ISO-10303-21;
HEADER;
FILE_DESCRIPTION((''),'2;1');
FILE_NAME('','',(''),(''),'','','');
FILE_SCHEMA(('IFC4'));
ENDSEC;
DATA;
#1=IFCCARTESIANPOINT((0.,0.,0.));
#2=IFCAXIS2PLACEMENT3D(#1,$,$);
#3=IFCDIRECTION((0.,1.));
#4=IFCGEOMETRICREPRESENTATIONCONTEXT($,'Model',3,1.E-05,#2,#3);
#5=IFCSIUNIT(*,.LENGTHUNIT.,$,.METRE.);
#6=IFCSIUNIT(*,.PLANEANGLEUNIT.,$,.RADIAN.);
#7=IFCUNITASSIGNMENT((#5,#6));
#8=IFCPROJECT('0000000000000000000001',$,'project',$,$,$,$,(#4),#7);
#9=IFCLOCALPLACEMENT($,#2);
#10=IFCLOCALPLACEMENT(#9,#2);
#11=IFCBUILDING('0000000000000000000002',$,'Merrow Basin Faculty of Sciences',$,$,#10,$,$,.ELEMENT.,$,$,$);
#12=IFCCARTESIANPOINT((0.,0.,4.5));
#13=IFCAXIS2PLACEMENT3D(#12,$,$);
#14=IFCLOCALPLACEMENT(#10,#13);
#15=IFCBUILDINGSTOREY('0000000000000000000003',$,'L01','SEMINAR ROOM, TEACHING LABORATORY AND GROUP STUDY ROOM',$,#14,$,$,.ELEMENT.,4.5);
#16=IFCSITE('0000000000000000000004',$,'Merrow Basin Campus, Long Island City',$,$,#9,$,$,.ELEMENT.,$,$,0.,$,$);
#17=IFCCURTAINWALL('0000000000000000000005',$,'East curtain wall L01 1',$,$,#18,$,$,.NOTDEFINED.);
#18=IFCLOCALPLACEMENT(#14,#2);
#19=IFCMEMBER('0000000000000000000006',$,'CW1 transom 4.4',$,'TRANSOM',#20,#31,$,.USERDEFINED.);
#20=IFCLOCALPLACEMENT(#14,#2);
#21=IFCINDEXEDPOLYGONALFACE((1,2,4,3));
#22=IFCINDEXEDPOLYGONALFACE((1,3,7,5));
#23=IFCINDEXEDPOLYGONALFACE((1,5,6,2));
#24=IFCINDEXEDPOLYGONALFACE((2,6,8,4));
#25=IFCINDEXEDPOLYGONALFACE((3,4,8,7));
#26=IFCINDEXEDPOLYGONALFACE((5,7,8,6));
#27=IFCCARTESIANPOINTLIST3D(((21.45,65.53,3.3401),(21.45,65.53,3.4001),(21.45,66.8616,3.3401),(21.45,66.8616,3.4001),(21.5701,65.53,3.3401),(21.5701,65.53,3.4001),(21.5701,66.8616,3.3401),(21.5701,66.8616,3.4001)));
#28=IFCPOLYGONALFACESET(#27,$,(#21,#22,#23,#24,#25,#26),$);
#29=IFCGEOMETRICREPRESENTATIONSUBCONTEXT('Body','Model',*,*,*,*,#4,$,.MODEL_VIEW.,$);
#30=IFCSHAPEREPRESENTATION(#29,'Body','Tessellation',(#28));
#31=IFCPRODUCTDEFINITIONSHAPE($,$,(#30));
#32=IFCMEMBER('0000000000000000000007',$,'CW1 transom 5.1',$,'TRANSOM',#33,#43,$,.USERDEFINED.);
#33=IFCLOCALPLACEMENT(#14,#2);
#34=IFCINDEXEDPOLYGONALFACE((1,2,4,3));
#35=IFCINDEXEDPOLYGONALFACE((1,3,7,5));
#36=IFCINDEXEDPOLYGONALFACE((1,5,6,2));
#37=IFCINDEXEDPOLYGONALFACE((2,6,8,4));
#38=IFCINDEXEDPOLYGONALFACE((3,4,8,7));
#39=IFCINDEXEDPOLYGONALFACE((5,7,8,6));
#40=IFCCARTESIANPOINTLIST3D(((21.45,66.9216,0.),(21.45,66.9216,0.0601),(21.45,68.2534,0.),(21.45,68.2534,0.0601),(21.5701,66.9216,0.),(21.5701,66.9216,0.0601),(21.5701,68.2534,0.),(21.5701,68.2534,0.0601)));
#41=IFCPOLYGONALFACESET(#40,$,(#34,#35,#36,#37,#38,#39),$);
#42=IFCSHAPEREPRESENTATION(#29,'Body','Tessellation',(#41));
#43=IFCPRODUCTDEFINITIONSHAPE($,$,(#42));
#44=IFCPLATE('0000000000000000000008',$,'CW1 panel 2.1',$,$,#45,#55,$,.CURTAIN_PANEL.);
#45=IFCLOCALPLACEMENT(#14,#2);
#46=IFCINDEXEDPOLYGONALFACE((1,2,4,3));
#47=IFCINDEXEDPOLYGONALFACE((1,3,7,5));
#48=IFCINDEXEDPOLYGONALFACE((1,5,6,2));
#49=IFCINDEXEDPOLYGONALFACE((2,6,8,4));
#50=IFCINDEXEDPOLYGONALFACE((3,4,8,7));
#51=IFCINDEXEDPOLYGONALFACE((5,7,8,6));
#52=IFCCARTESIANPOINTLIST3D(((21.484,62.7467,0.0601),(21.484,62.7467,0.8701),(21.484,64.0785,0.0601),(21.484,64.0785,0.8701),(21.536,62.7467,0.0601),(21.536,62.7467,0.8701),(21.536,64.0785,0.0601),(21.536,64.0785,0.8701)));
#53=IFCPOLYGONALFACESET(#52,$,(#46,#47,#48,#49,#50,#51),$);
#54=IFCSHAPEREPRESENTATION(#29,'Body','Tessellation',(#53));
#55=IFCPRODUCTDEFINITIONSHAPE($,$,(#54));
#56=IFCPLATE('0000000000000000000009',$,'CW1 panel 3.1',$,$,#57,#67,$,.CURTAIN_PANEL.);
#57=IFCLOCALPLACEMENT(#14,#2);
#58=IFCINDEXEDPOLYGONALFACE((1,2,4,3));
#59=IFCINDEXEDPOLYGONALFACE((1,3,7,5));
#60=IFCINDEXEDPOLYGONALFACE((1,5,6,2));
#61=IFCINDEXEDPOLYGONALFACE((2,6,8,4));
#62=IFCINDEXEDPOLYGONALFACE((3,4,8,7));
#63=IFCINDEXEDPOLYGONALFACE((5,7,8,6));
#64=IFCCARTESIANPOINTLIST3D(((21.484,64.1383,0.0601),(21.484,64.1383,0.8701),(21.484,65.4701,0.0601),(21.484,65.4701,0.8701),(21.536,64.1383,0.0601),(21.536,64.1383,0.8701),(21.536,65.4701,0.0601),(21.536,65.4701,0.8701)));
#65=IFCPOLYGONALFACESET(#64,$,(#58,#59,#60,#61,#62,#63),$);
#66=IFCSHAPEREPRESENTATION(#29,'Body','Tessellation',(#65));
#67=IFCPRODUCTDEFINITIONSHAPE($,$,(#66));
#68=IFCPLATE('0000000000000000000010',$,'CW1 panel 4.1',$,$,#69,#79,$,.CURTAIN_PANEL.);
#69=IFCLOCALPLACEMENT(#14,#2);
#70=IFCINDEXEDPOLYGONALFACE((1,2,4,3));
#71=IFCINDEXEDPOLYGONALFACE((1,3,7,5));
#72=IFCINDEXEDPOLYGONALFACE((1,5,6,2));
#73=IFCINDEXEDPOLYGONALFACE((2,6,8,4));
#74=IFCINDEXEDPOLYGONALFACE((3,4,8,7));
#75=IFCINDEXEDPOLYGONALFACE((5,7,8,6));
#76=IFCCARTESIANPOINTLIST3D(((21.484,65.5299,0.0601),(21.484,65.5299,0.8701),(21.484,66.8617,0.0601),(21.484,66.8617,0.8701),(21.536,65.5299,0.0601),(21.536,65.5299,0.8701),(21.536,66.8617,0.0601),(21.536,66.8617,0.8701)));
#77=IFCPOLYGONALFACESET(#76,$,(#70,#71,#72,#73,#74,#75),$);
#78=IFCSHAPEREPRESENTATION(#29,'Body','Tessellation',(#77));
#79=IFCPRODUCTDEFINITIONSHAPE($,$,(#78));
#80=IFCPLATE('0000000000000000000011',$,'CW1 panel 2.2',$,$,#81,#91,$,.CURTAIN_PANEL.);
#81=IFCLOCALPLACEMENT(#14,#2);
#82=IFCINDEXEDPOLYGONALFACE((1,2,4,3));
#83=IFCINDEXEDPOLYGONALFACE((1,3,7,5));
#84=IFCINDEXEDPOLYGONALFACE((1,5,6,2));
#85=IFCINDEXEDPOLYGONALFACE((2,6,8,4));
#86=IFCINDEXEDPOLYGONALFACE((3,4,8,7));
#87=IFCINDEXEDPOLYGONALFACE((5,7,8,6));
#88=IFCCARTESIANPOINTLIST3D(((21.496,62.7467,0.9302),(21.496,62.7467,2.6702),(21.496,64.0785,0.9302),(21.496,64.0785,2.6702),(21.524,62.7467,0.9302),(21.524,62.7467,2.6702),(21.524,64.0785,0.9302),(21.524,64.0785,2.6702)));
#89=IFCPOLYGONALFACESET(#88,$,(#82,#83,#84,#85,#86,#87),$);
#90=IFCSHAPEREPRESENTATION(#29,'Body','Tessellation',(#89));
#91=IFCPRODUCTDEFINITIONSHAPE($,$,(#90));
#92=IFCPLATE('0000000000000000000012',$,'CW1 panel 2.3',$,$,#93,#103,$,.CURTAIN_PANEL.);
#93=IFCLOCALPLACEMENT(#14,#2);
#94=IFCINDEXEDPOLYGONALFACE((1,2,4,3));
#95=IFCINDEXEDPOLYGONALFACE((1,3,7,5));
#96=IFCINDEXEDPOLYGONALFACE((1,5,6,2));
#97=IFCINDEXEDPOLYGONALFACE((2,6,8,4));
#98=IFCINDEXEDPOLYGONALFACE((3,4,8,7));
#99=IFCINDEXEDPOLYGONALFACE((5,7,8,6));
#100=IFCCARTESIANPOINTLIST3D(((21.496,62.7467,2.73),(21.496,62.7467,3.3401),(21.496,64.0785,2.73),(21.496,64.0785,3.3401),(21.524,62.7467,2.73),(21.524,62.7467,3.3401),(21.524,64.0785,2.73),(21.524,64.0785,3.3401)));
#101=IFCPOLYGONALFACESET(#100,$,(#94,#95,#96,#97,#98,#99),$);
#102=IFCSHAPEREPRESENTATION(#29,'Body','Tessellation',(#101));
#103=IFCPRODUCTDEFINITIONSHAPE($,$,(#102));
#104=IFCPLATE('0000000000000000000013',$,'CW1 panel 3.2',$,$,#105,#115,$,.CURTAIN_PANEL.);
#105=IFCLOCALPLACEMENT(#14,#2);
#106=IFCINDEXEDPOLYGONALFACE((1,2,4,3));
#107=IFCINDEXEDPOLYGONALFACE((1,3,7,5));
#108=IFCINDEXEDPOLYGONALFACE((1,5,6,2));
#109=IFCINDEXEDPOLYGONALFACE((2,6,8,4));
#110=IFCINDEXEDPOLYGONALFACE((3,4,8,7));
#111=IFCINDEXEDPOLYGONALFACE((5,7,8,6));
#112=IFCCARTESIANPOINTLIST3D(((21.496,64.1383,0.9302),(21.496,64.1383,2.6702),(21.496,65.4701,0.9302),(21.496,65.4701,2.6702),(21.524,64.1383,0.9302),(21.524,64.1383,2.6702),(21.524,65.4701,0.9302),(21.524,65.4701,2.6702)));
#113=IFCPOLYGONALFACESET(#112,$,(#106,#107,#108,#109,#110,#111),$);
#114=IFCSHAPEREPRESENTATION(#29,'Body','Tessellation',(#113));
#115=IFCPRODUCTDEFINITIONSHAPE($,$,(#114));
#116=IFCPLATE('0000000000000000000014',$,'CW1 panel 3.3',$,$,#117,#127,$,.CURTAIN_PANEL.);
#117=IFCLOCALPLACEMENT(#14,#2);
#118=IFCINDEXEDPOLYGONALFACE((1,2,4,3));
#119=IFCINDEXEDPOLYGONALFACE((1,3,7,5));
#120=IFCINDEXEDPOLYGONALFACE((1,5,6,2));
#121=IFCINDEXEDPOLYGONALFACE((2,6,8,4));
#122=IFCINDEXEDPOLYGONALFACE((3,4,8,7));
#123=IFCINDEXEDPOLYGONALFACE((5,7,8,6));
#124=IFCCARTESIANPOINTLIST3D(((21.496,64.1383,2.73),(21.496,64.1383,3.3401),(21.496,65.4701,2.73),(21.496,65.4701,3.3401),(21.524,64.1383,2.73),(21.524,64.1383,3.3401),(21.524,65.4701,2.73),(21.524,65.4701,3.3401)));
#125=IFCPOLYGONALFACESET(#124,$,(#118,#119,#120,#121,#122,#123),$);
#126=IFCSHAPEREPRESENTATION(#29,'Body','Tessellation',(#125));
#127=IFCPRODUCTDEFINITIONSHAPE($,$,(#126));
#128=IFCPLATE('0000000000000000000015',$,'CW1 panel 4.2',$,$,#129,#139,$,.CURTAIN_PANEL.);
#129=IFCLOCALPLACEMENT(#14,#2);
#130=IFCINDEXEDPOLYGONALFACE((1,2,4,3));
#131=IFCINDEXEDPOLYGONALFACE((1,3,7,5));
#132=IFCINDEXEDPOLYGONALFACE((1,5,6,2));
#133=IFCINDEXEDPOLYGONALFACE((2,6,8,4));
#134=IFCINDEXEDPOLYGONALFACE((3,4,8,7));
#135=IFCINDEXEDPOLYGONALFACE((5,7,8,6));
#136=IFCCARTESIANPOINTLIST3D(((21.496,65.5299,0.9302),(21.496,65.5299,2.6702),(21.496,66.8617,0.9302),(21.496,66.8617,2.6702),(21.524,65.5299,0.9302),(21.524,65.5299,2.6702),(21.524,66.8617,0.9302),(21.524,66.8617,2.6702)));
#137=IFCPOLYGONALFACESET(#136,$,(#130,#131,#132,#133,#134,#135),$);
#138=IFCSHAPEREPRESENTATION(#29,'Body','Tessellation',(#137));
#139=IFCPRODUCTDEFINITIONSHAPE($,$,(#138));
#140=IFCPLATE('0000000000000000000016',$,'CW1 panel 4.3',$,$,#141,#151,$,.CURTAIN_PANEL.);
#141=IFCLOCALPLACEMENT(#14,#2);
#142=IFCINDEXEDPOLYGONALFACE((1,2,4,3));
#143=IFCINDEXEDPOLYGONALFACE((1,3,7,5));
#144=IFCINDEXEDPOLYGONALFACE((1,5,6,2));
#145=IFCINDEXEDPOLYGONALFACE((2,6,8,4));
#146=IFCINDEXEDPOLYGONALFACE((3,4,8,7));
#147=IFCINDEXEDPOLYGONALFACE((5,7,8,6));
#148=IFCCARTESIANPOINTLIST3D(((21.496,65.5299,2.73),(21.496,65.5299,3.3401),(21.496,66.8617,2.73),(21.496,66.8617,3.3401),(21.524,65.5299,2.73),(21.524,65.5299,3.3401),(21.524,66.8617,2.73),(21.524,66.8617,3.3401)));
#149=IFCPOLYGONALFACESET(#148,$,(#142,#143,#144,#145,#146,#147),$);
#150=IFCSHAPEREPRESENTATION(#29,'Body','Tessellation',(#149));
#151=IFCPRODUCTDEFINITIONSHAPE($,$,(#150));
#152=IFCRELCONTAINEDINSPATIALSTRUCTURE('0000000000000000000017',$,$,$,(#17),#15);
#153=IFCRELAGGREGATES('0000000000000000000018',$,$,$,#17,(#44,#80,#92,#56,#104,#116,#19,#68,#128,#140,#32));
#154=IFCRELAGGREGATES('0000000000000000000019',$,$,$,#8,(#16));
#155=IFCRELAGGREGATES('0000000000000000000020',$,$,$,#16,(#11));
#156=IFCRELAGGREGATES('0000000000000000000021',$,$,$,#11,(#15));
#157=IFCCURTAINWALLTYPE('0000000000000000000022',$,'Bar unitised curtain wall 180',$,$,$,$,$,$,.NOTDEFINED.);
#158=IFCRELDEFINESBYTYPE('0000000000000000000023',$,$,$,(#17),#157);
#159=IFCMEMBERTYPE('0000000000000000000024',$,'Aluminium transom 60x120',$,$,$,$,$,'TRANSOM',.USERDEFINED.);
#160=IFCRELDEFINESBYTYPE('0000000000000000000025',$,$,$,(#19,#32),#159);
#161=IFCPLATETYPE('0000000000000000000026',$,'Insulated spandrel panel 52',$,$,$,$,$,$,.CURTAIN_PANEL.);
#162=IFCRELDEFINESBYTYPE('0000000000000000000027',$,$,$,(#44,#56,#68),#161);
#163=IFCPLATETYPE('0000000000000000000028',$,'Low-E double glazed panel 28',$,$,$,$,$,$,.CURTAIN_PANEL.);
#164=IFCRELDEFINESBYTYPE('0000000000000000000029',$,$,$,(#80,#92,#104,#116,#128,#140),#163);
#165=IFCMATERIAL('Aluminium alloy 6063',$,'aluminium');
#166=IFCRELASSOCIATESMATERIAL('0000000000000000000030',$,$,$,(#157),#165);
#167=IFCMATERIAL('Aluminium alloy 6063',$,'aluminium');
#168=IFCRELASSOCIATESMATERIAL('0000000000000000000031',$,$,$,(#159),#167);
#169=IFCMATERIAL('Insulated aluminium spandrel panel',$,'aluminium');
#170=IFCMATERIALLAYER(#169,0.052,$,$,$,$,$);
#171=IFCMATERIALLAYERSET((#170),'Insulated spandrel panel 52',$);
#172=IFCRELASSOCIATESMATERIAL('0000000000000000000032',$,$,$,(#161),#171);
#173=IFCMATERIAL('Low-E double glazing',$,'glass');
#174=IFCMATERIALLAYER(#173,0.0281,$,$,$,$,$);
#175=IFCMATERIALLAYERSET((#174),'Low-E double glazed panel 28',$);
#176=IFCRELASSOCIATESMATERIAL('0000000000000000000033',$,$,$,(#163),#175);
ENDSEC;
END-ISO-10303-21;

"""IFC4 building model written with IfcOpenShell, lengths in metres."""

from ifc_helpers import new_model, si_unit, direction, frame, origin, origin_2d, place, context, subcontext, project, spatial, rectangle, extrude, material, layer, layer_set, material_profile, profile_set, type_object, element, aggregate, save


model = new_model("IFC4")

# Units and contexts
model_context = context("Model", 3, precision=1e-05, world=origin(), true_north=direction((0.0, 1.0)))
body_context = subcontext(model_context, "Body", "Model", "MODEL_VIEW")
ifc_project = project(units=[si_unit("LENGTHUNIT", "METRE"), si_unit("PLANEANGLEUNIT", "RADIAN")], contexts=[model_context])

# Site, building, storey
site_placement = place(None, origin())
site = spatial("IfcSite", under=ifc_project, at=site_placement, Name="Merrow Basin Campus, Long Island City", CompositionType="ELEMENT", RefElevation=0.0)
building_placement = place(site_placement, origin())
building = spatial("IfcBuilding", under=site, at=building_placement, Name="Merrow Basin Faculty of Sciences", CompositionType="ELEMENT")
storey_placement = place(building_placement, frame((0.0, 0.0, 4.5)))
storey = spatial("IfcBuildingStorey", under=building, at=storey_placement, Name="L01", Description="SEMINAR ROOM, TEACHING LABORATORY AND GROUP STUDY ROOM", CompositionType="ELEMENT", Elevation=4.5)

# Curtain wall, members, plates
ifc_material_1 = material(Name="Aluminium alloy 6063", Category="aluminium")
curtain_wall_type = type_object("IfcCurtainWallType", Name="Bar unitised curtain wall 180", PredefinedType="NOTDEFINED", material=ifc_material_1)
curtain_wall_placement = place(storey_placement, origin())
curtain_wall = element("IfcCurtainWall", 1, at=curtain_wall_placement, inside=storey, type_object=curtain_wall_type, Name="East curtain wall L01 1", PredefinedType="NOTDEFINED")
ifc_material_2 = material(Name="Aluminium alloy 6063", Category="aluminium")
ifc_material_profile_1 = material_profile(ifc_material_2, rectangle(XDim=0.1201, YDim=0.0601, at=origin_2d()))
ifc_profile_set_1 = profile_set([ifc_material_profile_1], Name="Aluminium alloy 6063")
member_type_1 = type_object("IfcMemberType", Name="Aluminium transom 60x120", ElementType="TRANSOM", PredefinedType="USERDEFINED", material=ifc_profile_set_1)
member_1_placement = place(storey_placement, frame((21.51, 65.53, 3.3701), z_axis=(0.0, 1.0, 0.0), x_axis=(-1.0, 0.0, 0.0)))
member_1 = element("IfcMember", 2, at=member_1_placement, type_object=member_type_1, Name="CW1 transom 4.4", ObjectType="TRANSOM", PredefinedType="USERDEFINED", context=body_context, shape_type="SweptSolid", body=[
    extrude(rectangle(XDim=0.1201, YDim=0.0601, at=origin_2d()), origin(), (0.0, 0.0, 1.0), 1.3315),
])
member_2_placement = place(storey_placement, frame((21.51, 66.9216, 0.03), z_axis=(0.0, 1.0, 0.0), x_axis=(-1.0, 0.0, 0.0)))
member_2 = element("IfcMember", 3, at=member_2_placement, type_object=member_type_1, Name="CW1 transom 5.1", ObjectType="TRANSOM", PredefinedType="USERDEFINED", context=body_context, shape_type="SweptSolid", body=[
    extrude(rectangle(XDim=0.1201, YDim=0.0601, at=origin_2d()), origin(), (0.0, 0.0, 1.0), 1.3318),
])
ifc_material_3 = material(Name="Insulated aluminium spandrel panel", Category="aluminium")
ifc_layer_1 = layer(ifc_material_3, 0.052)
ifc_layer_set_1 = layer_set([ifc_layer_1], Name="Insulated spandrel panel 52")
plate_type_1 = type_object("IfcPlateType", Name="Insulated spandrel panel 52", PredefinedType="CURTAIN_PANEL", material=ifc_layer_set_1)
plate_1_placement = place(storey_placement, frame((21.51, 63.4126, 0.0601), z_axis=(0.0, 0.0, 1.0), x_axis=(0.0, 1.0, 0.0)))
plate_1 = element("IfcPlate", 4, at=plate_1_placement, type_object=plate_type_1, Name="CW1 panel 2.1", PredefinedType="CURTAIN_PANEL", context=body_context, shape_type="SweptSolid", body=[
    extrude(rectangle(XDim=1.3318, YDim=0.052, at=origin_2d()), origin(), (0.0, 0.0, 1.0), 0.8101),
])
plate_2_placement = place(storey_placement, frame((21.51, 64.8042, 0.0601), z_axis=(0.0, 0.0, 1.0), x_axis=(0.0, 1.0, 0.0)))
plate_2 = element("IfcPlate", 5, at=plate_2_placement, type_object=plate_type_1, Name="CW1 panel 3.1", PredefinedType="CURTAIN_PANEL", context=body_context, shape_type="SweptSolid", body=[
    extrude(rectangle(XDim=1.3318, YDim=0.052, at=origin_2d()), origin(), (0.0, 0.0, 1.0), 0.8101),
])
plate_3_placement = place(storey_placement, frame((21.51, 66.1958, 0.0601), z_axis=(0.0, 0.0, 1.0), x_axis=(0.0, 1.0, 0.0)))
plate_3 = element("IfcPlate", 6, at=plate_3_placement, type_object=plate_type_1, Name="CW1 panel 4.1", PredefinedType="CURTAIN_PANEL", context=body_context, shape_type="SweptSolid", body=[
    extrude(rectangle(XDim=1.3318, YDim=0.052, at=origin_2d()), origin(), (0.0, 0.0, 1.0), 0.8101),
])
ifc_material_4 = material(Name="Low-E double glazing", Category="glass")
ifc_layer_2 = layer(ifc_material_4, 0.0281)
ifc_layer_set_2 = layer_set([ifc_layer_2], Name="Low-E double glazed panel 28")
plate_type_2 = type_object("IfcPlateType", Name="Low-E double glazed panel 28", PredefinedType="CURTAIN_PANEL", material=ifc_layer_set_2)
plate_4_placement = place(storey_placement, frame((21.51, 63.4126, 0.9302), z_axis=(0.0, 0.0, 1.0), x_axis=(0.0, 1.0, 0.0)))
plate_4 = element("IfcPlate", 7, at=plate_4_placement, type_object=plate_type_2, Name="CW1 panel 2.2", PredefinedType="CURTAIN_PANEL", context=body_context, shape_type="SweptSolid", body=[
    extrude(rectangle(XDim=1.3318, YDim=0.0281, at=origin_2d()), origin(), (0.0, 0.0, 1.0), 1.74),
])
plate_5_placement = place(storey_placement, frame((21.51, 63.4126, 2.73), z_axis=(0.0, 0.0, 1.0), x_axis=(0.0, 1.0, 0.0)))
plate_5 = element("IfcPlate", 8, at=plate_5_placement, type_object=plate_type_2, Name="CW1 panel 2.3", PredefinedType="CURTAIN_PANEL", context=body_context, shape_type="SweptSolid", body=[
    extrude(rectangle(XDim=1.3318, YDim=0.0281, at=origin_2d()), origin(), (0.0, 0.0, 1.0), 0.6101),
])
plate_6_placement = place(storey_placement, frame((21.51, 64.8042, 0.9302), z_axis=(0.0, 0.0, 1.0), x_axis=(0.0, 1.0, 0.0)))
plate_6 = element("IfcPlate", 9, at=plate_6_placement, type_object=plate_type_2, Name="CW1 panel 3.2", PredefinedType="CURTAIN_PANEL", context=body_context, shape_type="SweptSolid", body=[
    extrude(rectangle(XDim=1.3318, YDim=0.0281, at=origin_2d()), origin(), (0.0, 0.0, 1.0), 1.74),
])
plate_7_placement = place(storey_placement, frame((21.51, 64.8042, 2.73), z_axis=(0.0, 0.0, 1.0), x_axis=(0.0, 1.0, 0.0)))
plate_7 = element("IfcPlate", 10, at=plate_7_placement, type_object=plate_type_2, Name="CW1 panel 3.3", PredefinedType="CURTAIN_PANEL", context=body_context, shape_type="SweptSolid", body=[
    extrude(rectangle(XDim=1.3318, YDim=0.0281, at=origin_2d()), origin(), (0.0, 0.0, 1.0), 0.6101),
])
plate_8_placement = place(storey_placement, frame((21.51, 66.1958, 0.9302), z_axis=(0.0, 0.0, 1.0), x_axis=(0.0, 1.0, 0.0)))
plate_8 = element("IfcPlate", 11, at=plate_8_placement, type_object=plate_type_2, Name="CW1 panel 4.2", PredefinedType="CURTAIN_PANEL", context=body_context, shape_type="SweptSolid", body=[
    extrude(rectangle(XDim=1.3318, YDim=0.0281, at=origin_2d()), origin(), (0.0, 0.0, 1.0), 1.74),
])
plate_9_placement = place(storey_placement, frame((21.51, 66.1958, 2.73), z_axis=(0.0, 0.0, 1.0), x_axis=(0.0, 1.0, 0.0)))
plate_9 = element("IfcPlate", 12, at=plate_9_placement, type_object=plate_type_2, Name="CW1 panel 4.3", PredefinedType="CURTAIN_PANEL", context=body_context, shape_type="SweptSolid", body=[
    extrude(rectangle(XDim=1.3318, YDim=0.0281, at=origin_2d()), origin(), (0.0, 0.0, 1.0), 0.6101),
])
aggregate(curtain_wall, [plate_1, plate_4, plate_5, plate_2, plate_6, plate_7, member_1, plate_3, plate_8, plate_9, member_2])

save(model, "model.ifc")
